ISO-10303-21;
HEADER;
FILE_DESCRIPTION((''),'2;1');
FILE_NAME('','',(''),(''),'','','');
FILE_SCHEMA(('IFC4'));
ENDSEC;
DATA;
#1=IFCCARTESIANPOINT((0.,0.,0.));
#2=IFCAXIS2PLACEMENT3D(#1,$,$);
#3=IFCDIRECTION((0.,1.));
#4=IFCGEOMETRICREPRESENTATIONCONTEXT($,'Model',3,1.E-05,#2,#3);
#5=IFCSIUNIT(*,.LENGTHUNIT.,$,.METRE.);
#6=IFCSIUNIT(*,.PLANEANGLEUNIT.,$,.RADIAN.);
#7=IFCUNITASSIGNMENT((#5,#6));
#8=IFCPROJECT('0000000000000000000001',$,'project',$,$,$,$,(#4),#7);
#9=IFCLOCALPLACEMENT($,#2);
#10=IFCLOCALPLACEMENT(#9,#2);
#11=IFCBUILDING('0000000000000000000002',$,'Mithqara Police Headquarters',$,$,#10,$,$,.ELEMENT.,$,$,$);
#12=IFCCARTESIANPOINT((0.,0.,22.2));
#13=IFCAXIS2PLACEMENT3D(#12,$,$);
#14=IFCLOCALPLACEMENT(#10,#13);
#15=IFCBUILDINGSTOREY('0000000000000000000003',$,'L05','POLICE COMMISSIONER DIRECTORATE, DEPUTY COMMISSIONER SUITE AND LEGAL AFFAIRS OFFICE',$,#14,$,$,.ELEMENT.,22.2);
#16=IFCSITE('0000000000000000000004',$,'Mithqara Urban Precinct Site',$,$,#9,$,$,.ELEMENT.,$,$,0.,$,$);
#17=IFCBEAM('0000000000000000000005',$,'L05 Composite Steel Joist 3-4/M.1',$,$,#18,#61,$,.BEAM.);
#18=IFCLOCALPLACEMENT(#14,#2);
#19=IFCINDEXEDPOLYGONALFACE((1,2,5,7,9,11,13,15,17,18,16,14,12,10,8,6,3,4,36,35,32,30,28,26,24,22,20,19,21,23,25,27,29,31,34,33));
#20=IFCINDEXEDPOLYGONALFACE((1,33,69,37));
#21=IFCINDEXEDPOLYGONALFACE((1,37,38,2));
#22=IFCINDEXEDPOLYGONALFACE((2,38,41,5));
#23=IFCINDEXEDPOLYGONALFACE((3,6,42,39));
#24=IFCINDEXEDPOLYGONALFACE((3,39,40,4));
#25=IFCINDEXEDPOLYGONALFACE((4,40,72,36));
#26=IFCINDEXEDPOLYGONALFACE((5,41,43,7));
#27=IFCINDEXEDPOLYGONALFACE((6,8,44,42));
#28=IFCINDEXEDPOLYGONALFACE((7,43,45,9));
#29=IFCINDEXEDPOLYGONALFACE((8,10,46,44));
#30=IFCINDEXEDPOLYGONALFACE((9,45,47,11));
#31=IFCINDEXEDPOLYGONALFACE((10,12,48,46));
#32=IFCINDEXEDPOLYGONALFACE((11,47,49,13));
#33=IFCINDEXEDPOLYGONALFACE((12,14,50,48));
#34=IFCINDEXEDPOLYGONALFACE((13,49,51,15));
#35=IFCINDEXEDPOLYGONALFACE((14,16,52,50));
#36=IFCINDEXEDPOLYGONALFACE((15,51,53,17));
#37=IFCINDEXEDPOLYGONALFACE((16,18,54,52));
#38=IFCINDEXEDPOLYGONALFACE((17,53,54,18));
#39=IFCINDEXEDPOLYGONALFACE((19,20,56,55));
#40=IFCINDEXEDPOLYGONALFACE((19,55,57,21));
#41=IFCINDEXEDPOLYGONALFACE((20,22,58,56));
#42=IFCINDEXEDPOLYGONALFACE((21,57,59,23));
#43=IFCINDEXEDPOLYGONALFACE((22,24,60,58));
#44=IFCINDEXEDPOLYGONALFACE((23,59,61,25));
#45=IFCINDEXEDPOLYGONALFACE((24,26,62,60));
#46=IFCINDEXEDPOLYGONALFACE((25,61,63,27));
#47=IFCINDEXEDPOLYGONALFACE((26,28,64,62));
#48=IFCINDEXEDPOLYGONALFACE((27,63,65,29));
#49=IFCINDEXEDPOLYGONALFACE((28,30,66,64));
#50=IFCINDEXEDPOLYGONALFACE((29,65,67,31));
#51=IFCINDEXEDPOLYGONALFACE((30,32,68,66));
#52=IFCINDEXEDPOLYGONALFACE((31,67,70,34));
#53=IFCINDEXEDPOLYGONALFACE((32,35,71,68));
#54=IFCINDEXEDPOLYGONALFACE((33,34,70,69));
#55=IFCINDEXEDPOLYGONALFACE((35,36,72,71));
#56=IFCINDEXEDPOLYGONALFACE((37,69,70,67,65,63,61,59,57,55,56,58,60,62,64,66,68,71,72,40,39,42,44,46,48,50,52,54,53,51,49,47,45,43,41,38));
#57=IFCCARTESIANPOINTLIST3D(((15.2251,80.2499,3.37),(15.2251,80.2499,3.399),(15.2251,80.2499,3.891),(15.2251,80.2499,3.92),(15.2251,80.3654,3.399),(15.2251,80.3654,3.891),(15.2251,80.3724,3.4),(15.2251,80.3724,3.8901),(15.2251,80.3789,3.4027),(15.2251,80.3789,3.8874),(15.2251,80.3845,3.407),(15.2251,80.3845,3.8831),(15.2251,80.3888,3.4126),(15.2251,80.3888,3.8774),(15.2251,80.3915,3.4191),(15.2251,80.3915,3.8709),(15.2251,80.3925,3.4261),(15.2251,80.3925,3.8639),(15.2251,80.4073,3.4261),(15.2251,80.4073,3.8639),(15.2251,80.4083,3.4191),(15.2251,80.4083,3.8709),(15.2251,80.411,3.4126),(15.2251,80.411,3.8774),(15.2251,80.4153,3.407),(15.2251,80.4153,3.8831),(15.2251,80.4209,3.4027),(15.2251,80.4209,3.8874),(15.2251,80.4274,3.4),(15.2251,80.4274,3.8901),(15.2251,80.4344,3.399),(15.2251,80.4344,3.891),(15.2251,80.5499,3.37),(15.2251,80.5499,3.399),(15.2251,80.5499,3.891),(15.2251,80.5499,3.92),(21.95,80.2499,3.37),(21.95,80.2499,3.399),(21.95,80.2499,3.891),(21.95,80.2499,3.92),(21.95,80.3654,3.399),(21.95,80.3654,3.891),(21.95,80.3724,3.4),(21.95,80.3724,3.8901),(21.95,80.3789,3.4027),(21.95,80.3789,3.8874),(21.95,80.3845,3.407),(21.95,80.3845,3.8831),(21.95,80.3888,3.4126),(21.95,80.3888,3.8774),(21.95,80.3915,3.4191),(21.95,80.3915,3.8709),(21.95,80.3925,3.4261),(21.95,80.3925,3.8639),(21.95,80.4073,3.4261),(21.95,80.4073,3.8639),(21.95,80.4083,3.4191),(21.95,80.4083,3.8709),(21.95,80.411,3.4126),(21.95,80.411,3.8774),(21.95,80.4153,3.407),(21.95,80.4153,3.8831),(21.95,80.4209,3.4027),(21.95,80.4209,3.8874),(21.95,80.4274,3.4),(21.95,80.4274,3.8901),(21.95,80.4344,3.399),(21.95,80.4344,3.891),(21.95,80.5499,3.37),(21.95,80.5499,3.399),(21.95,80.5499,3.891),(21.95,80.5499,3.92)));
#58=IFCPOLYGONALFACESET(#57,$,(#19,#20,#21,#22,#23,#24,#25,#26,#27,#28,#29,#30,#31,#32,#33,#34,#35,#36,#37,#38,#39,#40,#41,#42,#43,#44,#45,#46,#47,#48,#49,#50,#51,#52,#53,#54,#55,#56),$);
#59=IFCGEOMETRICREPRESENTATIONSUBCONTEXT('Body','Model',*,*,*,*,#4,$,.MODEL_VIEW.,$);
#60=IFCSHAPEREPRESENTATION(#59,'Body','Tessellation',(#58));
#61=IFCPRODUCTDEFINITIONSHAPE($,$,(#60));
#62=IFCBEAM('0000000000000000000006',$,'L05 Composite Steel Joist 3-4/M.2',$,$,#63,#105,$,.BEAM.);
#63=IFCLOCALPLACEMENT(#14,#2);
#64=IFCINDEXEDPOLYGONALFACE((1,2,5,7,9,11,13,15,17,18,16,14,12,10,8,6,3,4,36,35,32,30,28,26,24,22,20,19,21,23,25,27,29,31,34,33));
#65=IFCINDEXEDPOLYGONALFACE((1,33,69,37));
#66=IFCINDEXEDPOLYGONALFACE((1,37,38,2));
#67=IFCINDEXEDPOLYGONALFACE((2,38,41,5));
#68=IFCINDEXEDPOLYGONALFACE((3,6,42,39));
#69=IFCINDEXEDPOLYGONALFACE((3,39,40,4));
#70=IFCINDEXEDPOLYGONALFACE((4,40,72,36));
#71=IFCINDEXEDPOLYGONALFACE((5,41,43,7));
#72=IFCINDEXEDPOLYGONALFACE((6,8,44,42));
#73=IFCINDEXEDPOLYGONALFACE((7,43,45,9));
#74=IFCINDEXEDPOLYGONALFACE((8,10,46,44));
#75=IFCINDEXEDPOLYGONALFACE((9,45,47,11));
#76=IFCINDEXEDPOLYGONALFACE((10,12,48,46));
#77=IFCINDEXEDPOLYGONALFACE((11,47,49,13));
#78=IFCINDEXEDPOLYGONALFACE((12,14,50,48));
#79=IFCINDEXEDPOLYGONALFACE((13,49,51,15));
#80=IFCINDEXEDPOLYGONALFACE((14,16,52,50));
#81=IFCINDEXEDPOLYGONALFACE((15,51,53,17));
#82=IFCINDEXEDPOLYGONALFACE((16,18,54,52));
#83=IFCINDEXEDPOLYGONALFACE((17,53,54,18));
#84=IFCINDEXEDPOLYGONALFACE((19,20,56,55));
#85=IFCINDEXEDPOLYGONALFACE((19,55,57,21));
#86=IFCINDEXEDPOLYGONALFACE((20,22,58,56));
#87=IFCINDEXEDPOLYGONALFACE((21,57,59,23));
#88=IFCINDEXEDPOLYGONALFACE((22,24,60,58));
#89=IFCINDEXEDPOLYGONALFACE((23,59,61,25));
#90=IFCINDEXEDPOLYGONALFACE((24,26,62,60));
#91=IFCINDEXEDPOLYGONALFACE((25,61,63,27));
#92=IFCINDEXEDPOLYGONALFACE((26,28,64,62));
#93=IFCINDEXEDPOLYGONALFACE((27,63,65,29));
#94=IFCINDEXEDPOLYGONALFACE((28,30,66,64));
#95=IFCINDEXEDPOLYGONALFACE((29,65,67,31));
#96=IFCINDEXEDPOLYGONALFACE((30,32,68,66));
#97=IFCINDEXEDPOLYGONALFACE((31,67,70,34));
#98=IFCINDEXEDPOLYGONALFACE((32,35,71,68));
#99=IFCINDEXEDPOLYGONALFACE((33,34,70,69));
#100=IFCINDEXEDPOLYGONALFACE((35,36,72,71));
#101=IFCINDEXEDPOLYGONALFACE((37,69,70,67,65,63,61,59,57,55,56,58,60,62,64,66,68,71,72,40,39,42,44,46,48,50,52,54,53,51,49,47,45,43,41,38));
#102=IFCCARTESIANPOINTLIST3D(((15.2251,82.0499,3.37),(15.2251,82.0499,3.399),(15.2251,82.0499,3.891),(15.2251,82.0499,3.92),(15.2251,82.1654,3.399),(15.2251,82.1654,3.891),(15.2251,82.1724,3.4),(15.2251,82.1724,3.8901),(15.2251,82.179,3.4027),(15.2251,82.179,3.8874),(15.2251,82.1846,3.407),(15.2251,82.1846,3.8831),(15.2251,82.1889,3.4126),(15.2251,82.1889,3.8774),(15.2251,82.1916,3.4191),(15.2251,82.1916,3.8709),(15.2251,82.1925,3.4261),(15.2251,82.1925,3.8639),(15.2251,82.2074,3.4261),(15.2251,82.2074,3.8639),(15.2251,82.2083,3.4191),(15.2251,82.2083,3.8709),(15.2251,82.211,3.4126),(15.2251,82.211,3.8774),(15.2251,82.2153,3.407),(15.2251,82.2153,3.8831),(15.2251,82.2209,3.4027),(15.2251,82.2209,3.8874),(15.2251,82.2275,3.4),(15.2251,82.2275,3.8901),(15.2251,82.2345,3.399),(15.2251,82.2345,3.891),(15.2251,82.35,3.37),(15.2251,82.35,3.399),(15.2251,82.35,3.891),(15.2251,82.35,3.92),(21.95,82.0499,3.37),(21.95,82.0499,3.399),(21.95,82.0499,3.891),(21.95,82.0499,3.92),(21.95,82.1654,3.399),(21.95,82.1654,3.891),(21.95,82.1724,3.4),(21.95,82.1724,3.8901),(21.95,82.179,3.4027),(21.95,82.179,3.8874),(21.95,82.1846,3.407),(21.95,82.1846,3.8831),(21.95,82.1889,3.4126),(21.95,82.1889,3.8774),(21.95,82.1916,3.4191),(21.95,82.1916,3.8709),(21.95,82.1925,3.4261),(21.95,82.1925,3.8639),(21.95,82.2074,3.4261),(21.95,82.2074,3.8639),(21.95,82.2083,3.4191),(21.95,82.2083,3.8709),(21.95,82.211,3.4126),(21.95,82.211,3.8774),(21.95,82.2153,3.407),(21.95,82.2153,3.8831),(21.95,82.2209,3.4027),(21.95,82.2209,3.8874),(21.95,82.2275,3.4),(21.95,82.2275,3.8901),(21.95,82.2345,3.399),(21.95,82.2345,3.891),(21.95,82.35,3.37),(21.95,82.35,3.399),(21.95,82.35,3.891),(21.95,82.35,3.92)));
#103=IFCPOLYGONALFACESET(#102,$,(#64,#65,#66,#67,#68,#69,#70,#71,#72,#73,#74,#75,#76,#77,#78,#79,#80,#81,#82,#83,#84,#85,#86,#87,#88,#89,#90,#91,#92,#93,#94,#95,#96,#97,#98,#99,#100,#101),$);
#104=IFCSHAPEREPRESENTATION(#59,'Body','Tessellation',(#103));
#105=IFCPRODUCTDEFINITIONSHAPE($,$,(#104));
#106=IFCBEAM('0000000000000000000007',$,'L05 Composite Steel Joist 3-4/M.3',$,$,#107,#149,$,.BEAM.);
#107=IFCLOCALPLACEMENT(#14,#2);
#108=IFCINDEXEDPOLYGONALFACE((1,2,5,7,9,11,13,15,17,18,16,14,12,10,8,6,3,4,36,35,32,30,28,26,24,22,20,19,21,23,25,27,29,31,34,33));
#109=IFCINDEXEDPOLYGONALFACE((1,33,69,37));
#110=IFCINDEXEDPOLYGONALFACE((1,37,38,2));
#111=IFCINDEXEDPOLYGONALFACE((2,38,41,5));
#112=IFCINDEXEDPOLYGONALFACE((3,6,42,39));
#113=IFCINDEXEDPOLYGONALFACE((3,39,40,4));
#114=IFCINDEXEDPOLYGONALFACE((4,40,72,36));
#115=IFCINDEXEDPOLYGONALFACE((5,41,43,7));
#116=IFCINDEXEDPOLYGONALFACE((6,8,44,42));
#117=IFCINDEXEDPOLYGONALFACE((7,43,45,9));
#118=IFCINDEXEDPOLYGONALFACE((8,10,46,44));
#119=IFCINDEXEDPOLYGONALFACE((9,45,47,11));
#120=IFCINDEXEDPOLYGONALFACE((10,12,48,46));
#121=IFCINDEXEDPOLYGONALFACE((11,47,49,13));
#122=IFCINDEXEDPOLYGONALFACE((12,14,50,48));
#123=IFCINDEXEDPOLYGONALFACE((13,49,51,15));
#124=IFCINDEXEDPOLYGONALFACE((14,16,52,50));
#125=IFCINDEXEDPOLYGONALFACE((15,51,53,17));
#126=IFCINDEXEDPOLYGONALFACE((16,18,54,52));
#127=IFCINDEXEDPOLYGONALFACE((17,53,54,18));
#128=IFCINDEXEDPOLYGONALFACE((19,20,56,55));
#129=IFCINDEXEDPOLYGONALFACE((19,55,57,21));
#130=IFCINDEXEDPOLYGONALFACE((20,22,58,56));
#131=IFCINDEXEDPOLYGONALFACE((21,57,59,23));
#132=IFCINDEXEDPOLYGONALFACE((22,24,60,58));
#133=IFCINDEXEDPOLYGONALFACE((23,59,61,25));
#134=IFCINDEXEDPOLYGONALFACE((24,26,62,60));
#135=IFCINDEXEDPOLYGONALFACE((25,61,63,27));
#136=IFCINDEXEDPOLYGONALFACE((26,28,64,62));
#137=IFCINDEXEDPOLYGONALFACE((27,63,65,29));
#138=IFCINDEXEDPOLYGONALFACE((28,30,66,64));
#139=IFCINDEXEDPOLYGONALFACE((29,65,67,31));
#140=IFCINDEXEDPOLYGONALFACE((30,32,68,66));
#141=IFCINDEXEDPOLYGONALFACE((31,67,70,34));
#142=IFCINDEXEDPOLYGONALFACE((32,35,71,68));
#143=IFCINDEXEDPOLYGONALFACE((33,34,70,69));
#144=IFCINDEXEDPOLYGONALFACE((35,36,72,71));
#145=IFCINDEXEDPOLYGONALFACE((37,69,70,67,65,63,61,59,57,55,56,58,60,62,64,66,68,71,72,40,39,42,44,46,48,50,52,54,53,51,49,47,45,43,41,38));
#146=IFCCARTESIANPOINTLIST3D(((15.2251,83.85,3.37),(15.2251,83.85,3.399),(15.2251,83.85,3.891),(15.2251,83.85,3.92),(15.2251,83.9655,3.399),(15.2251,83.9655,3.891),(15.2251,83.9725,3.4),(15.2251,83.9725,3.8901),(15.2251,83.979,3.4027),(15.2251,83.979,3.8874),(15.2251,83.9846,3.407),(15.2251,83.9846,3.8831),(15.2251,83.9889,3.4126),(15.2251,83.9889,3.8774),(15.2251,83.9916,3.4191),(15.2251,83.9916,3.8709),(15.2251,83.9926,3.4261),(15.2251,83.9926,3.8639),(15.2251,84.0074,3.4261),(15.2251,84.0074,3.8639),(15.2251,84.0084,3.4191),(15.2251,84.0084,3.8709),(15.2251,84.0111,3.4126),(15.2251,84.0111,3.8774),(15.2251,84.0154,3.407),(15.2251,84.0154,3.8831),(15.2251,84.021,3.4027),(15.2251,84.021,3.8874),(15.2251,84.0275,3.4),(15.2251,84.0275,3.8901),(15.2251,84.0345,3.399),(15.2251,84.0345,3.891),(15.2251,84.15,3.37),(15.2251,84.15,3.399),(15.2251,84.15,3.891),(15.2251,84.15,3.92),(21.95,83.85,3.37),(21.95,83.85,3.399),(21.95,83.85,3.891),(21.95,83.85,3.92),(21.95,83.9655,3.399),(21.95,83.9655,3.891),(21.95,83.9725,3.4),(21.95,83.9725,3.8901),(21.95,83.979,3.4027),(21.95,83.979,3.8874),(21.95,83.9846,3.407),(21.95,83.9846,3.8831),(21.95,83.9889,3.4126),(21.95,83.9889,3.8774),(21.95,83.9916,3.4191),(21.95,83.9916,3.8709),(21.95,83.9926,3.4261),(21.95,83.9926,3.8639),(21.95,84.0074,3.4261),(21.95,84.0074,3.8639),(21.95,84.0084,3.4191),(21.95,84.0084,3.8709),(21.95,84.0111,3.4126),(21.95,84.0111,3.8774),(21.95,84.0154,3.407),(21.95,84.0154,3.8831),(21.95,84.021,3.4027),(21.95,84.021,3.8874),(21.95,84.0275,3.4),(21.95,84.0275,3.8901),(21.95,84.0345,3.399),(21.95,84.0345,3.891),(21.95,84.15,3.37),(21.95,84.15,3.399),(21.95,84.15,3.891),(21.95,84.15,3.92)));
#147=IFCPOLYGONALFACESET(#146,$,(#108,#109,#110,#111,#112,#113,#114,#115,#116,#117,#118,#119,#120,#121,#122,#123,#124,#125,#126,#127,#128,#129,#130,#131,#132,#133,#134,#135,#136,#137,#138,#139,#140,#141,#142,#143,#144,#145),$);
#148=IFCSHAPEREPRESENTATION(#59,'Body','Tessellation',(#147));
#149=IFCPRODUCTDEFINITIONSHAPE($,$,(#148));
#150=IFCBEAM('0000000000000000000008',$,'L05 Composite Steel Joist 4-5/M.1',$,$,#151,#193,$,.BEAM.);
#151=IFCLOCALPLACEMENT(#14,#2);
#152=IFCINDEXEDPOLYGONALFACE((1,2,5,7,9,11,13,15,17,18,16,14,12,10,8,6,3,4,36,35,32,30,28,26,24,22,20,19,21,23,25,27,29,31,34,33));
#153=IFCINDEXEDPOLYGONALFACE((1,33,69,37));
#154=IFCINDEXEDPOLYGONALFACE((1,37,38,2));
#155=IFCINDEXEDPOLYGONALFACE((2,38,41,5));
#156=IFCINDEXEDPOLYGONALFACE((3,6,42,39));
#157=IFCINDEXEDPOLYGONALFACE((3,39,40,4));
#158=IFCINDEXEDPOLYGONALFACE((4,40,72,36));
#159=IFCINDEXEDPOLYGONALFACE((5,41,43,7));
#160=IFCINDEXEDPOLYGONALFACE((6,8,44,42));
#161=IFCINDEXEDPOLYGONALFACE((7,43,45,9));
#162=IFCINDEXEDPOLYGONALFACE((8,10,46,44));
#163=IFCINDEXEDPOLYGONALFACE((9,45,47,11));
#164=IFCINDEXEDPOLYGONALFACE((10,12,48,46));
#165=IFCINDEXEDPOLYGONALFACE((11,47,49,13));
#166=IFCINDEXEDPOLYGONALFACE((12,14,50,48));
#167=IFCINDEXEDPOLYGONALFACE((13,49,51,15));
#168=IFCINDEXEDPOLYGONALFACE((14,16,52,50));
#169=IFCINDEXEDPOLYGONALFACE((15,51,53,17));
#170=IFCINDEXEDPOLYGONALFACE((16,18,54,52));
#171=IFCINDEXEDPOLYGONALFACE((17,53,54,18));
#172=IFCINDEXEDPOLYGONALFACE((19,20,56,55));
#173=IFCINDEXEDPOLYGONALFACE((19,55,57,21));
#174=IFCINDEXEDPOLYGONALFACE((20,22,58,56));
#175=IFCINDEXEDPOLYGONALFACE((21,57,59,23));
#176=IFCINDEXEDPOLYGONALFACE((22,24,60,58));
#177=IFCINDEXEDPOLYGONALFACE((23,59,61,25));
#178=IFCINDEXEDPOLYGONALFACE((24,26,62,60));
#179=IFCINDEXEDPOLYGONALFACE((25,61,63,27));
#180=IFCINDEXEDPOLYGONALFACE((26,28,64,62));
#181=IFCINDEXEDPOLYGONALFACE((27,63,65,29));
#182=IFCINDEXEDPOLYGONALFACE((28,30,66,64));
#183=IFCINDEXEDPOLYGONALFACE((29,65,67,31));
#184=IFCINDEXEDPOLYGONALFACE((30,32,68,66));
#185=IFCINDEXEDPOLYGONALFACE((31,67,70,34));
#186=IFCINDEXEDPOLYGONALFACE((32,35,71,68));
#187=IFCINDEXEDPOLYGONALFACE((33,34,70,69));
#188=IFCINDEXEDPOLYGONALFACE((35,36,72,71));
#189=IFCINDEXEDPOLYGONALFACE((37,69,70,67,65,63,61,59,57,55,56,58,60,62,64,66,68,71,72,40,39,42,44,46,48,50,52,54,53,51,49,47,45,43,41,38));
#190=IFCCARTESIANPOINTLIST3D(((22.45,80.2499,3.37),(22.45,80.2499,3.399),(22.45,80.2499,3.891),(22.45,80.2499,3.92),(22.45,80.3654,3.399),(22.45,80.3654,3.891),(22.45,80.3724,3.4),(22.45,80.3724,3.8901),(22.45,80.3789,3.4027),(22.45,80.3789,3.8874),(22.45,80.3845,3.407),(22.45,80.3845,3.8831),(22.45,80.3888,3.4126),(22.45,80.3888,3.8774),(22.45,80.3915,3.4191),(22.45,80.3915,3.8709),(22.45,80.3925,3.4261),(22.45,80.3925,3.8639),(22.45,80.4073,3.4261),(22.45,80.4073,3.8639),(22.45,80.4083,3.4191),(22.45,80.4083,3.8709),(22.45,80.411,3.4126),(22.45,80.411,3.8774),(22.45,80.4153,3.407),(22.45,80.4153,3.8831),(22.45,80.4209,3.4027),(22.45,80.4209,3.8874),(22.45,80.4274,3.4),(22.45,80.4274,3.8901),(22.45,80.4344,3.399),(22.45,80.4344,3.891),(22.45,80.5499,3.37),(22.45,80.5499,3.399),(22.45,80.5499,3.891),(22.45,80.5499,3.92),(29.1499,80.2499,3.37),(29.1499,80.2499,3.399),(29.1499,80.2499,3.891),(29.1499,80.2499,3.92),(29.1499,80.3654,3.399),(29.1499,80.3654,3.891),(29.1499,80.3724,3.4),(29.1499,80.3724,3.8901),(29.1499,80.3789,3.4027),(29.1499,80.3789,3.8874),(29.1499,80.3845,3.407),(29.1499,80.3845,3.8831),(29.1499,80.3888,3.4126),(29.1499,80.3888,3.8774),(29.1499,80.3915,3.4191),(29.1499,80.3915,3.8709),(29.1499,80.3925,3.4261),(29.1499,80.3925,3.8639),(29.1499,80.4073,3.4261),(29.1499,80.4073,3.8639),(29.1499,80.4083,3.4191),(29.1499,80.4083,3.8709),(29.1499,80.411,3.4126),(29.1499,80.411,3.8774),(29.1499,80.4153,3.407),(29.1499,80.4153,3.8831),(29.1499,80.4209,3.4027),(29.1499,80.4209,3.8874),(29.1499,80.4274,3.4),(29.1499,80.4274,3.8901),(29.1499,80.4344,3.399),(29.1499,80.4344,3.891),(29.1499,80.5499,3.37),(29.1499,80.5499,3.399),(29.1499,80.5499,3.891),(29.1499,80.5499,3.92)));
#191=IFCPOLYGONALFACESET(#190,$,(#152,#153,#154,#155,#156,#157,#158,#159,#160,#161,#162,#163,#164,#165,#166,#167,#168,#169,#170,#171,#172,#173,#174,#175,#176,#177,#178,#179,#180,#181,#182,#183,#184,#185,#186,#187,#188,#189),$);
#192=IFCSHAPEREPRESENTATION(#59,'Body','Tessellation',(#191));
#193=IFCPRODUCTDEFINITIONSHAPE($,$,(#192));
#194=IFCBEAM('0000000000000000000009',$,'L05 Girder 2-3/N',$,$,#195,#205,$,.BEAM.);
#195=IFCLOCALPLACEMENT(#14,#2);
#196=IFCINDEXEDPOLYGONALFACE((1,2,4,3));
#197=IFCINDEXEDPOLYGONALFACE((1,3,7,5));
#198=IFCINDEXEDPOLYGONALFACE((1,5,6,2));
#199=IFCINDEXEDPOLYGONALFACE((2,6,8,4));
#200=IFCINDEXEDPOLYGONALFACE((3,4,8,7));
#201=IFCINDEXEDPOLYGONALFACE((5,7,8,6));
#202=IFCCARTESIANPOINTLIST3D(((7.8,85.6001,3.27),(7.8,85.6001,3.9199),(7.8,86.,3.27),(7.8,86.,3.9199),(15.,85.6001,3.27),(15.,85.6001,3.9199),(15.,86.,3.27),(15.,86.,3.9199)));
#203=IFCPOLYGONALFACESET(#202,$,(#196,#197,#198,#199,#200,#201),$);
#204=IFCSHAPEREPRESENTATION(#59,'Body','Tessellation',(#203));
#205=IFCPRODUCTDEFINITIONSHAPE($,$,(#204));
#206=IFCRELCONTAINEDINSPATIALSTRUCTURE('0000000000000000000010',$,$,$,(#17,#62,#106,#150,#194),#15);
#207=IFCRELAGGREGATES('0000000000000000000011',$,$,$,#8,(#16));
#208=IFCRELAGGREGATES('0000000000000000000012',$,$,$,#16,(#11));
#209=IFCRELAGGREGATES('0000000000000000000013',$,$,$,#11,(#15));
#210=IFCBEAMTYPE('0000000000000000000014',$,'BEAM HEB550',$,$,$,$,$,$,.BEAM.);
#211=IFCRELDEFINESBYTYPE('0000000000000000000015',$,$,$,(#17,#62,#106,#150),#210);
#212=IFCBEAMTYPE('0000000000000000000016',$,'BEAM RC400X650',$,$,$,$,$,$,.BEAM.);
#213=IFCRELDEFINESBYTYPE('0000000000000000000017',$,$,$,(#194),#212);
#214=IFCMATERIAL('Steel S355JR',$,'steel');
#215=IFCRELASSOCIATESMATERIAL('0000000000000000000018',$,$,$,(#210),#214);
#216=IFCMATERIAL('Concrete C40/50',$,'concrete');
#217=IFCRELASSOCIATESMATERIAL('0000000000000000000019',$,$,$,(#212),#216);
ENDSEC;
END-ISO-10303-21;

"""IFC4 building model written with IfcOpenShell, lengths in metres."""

from ifc_helpers import new_model, si_unit, direction, frame, origin, origin_2d, place, context, subcontext, project, spatial, rectangle, i_section, extrude, material, material_profile, profile_set, type_object, element, save


model = new_model("IFC4")

# Units and contexts
model_context = context("Model", 3, precision=1e-05, world=origin(), true_north=direction((0.0, 1.0)))
body_context = subcontext(model_context, "Body", "Model", "MODEL_VIEW")
ifc_project = project(units=[si_unit("LENGTHUNIT", "METRE"), si_unit("PLANEANGLEUNIT", "RADIAN")], contexts=[model_context])

# Site, building, storey
site_placement = place(None, origin())
site = spatial("IfcSite", under=ifc_project, at=site_placement, Name="Mithqara Urban Precinct Site", CompositionType="ELEMENT", RefElevation=0.0)
building_placement = place(site_placement, origin())
building = spatial("IfcBuilding", under=site, at=building_placement, Name="Mithqara Police Headquarters", CompositionType="ELEMENT")
storey_placement = place(building_placement, frame((0.0, 0.0, 22.2)))
storey = spatial("IfcBuildingStorey", under=building, at=storey_placement, Name="L05", Description="POLICE COMMISSIONER DIRECTORATE, DEPUTY COMMISSIONER SUITE AND LEGAL AFFAIRS OFFICE", CompositionType="ELEMENT", Elevation=22.2)

# Beams
ifc_material_1 = material(Name="Steel S355JR", Category="steel")
ifc_material_profile_1 = material_profile(ifc_material_1, i_section(OverallWidth=0.3, OverallDepth=0.55, WebThickness=0.0149, FlangeThickness=0.0291, FilletRadius=0.0271, at=origin_2d()), Name="HEB 550")
ifc_profile_set_1 = profile_set([ifc_material_profile_1], Name="Steel S355JR")
beam_type_1 = type_object("IfcBeamType", Name="BEAM HEB550", PredefinedType="BEAM", material=ifc_profile_set_1)
for number, where, z_axis, x_axis, name in (
    (1, (15.2251, 80.3999, 3.645), (1.0, 0.0, 0.0), (0.0, 1.0, 0.0), "L05 Composite Steel Joist 3-4/M.1"),
    (2, (15.2251, 82.2, 3.645), (1.0, 0.0, 0.0), (0.0, 1.0, 0.0), "L05 Composite Steel Joist 3-4/M.2"),
    (3, (15.2251, 84.0, 3.645), (1.0, 0.0, 0.0), (0.0, 1.0, 0.0), "L05 Composite Steel Joist 3-4/M.3"),
):
    element("IfcBeam", number, at=place(storey_placement, frame(where, z_axis=z_axis, x_axis=x_axis)), inside=storey, type_object=beam_type_1, Name=name, PredefinedType="BEAM", context=body_context, shape_type="SweptSolid", body=[
        extrude(i_section(OverallWidth=0.3, OverallDepth=0.55, WebThickness=0.0149, FlangeThickness=0.0291, FilletRadius=0.0271, at=origin_2d()), origin(), (0.0, 0.0, 1.0), 6.7249),
    ])
beam_1_placement = place(storey_placement, frame((22.45, 80.3999, 3.645), z_axis=(1.0, 0.0, 0.0), x_axis=(0.0, 1.0, 0.0)))
element("IfcBeam", 4, at=beam_1_placement, inside=storey, type_object=beam_type_1, Name="L05 Composite Steel Joist 4-5/M.1", PredefinedType="BEAM", context=body_context, shape_type="SweptSolid", body=[
    extrude(i_section(OverallWidth=0.3, OverallDepth=0.55, WebThickness=0.0149, FlangeThickness=0.0291, FilletRadius=0.0271, at=origin_2d()), origin(), (0.0, 0.0, 1.0), 6.7),
])
ifc_material_2 = material(Name="Concrete C40/50", Category="concrete")
ifc_material_profile_2 = material_profile(ifc_material_2, rectangle(XDim=0.3999, YDim=0.6499, at=origin_2d()), Name="RC 400x650")
ifc_profile_set_2 = profile_set([ifc_material_profile_2], Name="Concrete C40/50")
beam_type_2 = type_object("IfcBeamType", Name="BEAM RC400X650", PredefinedType="BEAM", material=ifc_profile_set_2)
beam_2_placement = place(storey_placement, frame((7.8, 85.8, 3.595), z_axis=(1.0, 0.0, 0.0), x_axis=(0.0, 1.0, 0.0)))
element("IfcBeam", 5, at=beam_2_placement, inside=storey, type_object=beam_type_2, Name="L05 Girder 2-3/N", PredefinedType="BEAM", context=body_context, shape_type="SweptSolid", body=[
    extrude(rectangle(XDim=0.3999, YDim=0.6499, at=origin_2d()), origin(), (0.0, 0.0, 1.0), 7.2),
])

save(model, "model.ifc")
